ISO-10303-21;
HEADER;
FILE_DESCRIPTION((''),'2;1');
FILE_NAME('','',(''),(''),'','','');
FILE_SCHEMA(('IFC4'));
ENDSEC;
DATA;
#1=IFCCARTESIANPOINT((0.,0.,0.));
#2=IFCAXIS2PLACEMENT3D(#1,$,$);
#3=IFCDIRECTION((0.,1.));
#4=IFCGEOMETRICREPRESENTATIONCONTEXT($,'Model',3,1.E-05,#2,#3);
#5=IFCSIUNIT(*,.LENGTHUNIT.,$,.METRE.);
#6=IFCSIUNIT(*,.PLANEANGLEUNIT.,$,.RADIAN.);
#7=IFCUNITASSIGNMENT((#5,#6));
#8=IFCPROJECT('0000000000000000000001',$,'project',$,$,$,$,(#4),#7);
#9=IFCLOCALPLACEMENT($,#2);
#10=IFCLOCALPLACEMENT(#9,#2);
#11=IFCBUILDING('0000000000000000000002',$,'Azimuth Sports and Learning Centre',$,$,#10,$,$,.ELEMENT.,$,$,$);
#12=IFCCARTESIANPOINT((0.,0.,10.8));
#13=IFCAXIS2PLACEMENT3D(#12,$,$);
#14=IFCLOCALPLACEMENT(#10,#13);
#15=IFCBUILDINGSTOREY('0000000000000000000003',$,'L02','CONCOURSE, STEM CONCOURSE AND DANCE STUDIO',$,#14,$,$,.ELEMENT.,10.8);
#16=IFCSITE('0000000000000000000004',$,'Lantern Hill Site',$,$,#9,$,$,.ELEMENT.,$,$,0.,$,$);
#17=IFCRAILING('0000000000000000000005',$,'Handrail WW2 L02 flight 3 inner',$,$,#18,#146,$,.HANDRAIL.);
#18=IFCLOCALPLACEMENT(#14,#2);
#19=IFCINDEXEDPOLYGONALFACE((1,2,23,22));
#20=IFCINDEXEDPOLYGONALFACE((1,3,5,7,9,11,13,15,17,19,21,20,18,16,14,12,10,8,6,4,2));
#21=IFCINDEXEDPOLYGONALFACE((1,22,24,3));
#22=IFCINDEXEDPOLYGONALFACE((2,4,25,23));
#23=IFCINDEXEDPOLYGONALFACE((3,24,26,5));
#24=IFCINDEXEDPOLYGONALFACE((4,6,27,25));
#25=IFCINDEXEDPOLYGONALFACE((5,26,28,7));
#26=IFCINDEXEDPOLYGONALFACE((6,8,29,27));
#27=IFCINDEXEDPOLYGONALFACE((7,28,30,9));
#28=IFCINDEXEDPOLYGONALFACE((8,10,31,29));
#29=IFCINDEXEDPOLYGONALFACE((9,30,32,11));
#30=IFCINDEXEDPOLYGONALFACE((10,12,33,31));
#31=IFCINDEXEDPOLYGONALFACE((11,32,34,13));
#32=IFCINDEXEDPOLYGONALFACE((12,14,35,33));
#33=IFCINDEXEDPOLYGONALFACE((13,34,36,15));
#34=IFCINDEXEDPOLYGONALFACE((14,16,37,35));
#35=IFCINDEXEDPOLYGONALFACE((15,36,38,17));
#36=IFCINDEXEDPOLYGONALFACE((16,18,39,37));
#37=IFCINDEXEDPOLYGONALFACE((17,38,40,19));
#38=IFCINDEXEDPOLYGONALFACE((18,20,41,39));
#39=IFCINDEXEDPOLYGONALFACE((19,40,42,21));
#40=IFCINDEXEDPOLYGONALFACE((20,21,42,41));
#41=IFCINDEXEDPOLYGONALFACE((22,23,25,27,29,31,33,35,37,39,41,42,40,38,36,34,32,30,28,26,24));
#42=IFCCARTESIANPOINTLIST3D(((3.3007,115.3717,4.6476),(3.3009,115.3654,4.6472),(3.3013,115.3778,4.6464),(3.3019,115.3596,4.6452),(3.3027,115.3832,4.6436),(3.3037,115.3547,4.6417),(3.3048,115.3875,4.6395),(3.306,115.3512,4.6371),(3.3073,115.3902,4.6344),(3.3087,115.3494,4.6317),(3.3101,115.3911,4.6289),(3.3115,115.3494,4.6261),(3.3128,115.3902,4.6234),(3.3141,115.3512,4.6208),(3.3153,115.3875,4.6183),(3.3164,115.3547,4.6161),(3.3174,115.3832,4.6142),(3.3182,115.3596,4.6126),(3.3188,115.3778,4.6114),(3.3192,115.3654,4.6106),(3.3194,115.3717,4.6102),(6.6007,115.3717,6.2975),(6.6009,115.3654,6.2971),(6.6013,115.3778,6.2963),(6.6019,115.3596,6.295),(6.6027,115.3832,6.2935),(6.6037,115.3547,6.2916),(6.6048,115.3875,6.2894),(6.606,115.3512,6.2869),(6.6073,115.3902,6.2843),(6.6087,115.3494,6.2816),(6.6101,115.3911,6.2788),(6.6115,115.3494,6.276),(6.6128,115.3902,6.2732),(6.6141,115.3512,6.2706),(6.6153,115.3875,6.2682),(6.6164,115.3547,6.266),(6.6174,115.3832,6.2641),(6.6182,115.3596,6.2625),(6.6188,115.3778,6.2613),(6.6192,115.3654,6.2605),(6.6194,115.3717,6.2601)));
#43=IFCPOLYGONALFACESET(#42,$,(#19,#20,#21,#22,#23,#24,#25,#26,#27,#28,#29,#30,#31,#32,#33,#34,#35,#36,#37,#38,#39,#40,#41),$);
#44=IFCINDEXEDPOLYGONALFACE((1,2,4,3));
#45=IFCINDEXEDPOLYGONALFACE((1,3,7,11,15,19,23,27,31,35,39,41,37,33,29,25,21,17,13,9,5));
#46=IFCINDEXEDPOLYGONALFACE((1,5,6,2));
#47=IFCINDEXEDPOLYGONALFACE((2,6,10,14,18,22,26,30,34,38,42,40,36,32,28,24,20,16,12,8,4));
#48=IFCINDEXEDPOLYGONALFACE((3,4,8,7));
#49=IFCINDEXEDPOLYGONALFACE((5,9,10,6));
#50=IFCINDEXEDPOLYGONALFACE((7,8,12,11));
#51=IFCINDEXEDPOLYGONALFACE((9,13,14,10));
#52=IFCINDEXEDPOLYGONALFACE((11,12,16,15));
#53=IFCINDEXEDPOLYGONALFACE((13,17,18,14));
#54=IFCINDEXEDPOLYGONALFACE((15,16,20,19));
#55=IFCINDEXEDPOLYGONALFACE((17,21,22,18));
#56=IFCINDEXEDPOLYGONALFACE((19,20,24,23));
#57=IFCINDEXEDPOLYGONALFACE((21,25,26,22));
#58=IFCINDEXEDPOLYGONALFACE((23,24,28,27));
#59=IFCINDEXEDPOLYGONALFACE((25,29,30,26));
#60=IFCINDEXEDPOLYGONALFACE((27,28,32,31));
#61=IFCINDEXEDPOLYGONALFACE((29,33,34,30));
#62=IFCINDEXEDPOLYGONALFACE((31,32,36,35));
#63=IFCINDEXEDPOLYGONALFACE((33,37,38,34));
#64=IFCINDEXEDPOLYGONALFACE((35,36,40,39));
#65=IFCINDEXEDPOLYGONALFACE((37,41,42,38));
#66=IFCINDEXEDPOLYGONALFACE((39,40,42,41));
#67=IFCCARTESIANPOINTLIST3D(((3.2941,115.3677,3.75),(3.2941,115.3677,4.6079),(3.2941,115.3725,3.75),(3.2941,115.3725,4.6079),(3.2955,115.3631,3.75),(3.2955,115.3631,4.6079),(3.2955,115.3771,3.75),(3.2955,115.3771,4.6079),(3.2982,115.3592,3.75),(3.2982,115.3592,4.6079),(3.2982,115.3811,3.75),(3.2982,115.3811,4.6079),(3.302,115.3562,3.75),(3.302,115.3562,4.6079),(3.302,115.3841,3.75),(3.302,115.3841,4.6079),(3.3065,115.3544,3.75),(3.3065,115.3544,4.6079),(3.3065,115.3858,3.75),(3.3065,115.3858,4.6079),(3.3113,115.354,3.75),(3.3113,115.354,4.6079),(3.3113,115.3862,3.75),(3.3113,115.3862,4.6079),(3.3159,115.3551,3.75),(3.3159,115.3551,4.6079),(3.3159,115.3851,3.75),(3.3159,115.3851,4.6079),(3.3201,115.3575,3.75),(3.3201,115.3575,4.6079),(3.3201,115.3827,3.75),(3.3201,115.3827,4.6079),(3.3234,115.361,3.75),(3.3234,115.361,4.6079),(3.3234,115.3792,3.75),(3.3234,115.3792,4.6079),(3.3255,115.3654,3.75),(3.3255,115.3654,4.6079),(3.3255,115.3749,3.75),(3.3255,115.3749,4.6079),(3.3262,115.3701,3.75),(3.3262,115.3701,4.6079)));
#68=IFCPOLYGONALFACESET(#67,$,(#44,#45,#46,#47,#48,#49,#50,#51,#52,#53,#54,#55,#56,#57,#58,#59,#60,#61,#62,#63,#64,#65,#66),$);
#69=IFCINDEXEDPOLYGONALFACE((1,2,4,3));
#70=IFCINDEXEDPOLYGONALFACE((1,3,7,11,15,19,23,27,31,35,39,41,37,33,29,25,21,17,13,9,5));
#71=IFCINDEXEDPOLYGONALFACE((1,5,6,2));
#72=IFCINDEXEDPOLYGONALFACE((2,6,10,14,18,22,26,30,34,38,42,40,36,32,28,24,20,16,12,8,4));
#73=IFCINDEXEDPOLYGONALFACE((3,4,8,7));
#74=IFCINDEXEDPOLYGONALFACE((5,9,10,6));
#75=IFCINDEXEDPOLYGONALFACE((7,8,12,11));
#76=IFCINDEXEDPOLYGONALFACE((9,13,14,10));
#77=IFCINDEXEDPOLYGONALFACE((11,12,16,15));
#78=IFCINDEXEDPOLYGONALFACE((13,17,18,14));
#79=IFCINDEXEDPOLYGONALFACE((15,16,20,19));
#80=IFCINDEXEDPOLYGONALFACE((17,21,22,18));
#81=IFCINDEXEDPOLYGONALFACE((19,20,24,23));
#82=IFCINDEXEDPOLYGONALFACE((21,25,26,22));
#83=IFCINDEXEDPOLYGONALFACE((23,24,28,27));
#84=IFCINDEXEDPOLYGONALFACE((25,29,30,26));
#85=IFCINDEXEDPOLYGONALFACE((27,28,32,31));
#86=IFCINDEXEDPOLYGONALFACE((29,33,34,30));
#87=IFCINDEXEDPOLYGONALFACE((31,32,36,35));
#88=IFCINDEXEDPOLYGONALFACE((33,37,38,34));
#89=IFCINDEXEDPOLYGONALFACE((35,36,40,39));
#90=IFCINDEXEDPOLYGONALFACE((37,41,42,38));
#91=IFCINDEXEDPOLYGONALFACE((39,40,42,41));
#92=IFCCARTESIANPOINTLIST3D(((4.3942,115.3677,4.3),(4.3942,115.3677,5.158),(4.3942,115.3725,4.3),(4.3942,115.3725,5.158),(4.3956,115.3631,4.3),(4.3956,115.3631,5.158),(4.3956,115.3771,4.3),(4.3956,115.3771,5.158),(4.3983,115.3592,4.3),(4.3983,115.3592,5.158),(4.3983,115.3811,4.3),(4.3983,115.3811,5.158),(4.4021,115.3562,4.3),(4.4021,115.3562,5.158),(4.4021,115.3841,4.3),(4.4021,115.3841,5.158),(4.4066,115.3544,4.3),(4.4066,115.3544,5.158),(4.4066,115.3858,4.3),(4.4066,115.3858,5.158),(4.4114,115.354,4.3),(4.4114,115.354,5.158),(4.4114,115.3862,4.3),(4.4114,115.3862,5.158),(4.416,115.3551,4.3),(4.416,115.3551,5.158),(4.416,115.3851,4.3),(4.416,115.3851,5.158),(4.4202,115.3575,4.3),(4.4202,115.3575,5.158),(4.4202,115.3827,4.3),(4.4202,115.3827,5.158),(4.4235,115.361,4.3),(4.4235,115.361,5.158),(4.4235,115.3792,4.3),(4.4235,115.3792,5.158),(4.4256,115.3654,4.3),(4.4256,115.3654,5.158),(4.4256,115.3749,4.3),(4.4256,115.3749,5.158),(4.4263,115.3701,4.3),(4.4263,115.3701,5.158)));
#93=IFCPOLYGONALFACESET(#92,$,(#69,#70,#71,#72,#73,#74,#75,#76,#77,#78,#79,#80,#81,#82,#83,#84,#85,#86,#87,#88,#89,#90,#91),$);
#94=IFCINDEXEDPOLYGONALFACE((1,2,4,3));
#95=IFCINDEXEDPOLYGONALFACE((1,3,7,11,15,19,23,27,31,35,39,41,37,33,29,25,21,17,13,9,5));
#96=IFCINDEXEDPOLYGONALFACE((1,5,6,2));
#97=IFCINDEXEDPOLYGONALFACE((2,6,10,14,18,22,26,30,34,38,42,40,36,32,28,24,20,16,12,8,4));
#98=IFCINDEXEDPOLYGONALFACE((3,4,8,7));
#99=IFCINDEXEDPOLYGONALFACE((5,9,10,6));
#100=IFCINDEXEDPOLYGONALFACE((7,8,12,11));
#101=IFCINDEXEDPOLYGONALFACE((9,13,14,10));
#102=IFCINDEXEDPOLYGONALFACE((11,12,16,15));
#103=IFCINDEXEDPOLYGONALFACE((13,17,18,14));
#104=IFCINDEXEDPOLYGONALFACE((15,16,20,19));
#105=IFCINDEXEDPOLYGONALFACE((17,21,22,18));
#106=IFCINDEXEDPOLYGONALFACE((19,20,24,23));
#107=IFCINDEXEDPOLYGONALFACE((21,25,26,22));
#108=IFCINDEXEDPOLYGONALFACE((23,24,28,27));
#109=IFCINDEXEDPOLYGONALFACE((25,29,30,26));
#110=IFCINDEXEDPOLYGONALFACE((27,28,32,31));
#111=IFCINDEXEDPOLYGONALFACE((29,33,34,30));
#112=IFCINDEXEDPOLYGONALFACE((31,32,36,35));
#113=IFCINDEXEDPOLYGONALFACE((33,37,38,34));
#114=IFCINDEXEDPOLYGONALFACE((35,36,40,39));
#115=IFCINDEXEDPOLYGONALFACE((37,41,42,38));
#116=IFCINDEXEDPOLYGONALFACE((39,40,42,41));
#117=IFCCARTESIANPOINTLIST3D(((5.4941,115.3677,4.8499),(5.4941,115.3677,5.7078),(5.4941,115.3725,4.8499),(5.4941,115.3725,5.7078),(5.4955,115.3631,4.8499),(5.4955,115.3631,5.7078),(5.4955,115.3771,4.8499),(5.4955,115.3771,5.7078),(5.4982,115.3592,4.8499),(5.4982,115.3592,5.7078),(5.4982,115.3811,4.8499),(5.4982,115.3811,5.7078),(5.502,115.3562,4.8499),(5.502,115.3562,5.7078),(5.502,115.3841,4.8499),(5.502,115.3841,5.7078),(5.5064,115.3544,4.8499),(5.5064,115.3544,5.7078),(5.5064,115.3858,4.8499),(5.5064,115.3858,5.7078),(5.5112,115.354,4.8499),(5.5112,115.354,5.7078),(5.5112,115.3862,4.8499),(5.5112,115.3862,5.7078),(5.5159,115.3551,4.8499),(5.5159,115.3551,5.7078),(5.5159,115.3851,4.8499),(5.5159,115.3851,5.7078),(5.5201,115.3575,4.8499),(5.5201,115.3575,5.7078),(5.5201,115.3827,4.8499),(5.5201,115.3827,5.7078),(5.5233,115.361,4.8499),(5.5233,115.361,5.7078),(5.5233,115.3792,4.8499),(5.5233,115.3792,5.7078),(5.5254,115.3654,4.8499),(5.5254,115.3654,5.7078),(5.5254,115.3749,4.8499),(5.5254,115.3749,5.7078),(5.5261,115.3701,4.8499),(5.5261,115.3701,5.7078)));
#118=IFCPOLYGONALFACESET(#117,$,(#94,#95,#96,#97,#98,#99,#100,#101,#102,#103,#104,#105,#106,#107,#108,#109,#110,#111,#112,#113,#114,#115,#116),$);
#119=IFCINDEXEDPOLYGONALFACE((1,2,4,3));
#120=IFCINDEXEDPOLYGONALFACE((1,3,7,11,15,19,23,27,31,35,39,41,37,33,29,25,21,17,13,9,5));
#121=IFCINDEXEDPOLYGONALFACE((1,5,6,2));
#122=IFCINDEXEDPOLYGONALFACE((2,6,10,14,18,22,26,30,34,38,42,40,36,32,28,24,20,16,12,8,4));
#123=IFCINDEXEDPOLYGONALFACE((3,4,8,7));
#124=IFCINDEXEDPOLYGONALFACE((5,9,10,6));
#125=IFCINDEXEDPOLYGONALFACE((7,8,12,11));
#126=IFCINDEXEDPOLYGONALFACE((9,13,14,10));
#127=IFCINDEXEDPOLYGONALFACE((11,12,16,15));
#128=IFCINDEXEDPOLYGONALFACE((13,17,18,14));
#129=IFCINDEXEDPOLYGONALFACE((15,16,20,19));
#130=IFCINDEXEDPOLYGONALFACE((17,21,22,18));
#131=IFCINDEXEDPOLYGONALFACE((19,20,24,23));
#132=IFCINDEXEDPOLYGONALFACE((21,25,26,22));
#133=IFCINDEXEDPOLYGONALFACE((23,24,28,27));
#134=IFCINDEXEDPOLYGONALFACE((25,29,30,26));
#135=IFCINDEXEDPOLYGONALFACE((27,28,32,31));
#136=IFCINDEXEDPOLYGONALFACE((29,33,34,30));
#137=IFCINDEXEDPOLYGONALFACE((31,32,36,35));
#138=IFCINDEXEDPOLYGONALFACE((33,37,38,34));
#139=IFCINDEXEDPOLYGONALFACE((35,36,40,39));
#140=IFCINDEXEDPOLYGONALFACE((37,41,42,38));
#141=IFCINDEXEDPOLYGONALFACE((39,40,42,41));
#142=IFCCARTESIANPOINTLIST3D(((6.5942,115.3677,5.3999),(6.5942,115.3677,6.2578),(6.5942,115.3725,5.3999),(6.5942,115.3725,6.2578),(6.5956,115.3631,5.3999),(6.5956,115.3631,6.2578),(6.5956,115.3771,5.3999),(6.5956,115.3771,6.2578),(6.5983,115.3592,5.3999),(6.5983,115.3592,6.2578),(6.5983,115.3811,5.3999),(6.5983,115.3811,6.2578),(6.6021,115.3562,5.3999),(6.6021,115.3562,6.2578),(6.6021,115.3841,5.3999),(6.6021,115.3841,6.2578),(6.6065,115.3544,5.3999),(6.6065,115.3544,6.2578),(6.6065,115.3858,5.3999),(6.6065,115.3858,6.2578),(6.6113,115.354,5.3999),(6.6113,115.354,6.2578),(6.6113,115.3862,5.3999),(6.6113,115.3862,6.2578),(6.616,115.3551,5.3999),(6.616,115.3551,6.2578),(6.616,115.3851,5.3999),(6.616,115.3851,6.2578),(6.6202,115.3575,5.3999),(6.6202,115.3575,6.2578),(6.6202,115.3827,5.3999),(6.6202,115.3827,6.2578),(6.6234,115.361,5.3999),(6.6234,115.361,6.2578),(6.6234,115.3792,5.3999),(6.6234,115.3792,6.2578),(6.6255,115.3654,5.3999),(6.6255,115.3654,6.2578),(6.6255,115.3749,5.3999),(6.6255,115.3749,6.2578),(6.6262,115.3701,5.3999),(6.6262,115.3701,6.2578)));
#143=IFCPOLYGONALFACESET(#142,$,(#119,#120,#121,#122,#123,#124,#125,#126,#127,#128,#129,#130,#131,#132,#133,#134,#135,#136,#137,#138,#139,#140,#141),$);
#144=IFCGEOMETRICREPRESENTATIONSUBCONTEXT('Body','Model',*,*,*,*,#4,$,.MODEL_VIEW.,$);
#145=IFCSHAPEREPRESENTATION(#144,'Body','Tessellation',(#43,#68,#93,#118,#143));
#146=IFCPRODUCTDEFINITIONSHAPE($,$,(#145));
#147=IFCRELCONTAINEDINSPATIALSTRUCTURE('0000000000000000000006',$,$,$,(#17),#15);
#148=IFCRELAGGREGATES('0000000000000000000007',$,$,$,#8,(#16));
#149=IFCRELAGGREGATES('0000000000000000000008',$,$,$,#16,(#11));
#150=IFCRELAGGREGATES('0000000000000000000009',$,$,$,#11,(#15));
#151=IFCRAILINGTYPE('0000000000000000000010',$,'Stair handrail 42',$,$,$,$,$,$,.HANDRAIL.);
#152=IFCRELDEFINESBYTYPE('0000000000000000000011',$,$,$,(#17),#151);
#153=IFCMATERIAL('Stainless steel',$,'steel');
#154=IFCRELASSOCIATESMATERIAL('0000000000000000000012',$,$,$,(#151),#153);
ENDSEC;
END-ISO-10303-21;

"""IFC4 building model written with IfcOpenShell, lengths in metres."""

from ifc_helpers import new_model, si_unit, direction, frame, origin, origin_2d, place, context, subcontext, project, spatial, circle, extrude, material, type_object, element, save


model = new_model("IFC4")

# Units and contexts
model_context = context("Model", 3, precision=1e-05, world=origin(), true_north=direction((0.0, 1.0)))
body_context = subcontext(model_context, "Body", "Model", "MODEL_VIEW")
ifc_project = project(units=[si_unit("LENGTHUNIT", "METRE"), si_unit("PLANEANGLEUNIT", "RADIAN")], contexts=[model_context])

# Site, building, storey
site_placement = place(None, origin())
site = spatial("IfcSite", under=ifc_project, at=site_placement, Name="Lantern Hill Site", CompositionType="ELEMENT", RefElevation=0.0)
building_placement = place(site_placement, origin())
building = spatial("IfcBuilding", under=site, at=building_placement, Name="Azimuth Sports and Learning Centre", CompositionType="ELEMENT")
storey_placement = place(building_placement, frame((0.0, 0.0, 10.8)))
storey = spatial("IfcBuildingStorey", under=building, at=storey_placement, Name="L02", Description="CONCOURSE, STEM CONCOURSE AND DANCE STUDIO", CompositionType="ELEMENT", Elevation=10.8)

# Railing
ifc_material_1 = material(Name="Stainless steel", Category="steel")
railing_type_1 = type_object("IfcRailingType", Name="Stair handrail 42", PredefinedType="HANDRAIL", material=ifc_material_1)
for number, where, name in (
    (1, (3.3101, 115.3701, 3.75), "Handrail WW2 L02 flight 3 inner"),
):
    element("IfcRailing", number, at=place(storey_placement, frame(where)), inside=storey, type_object=railing_type_1, Name=name, PredefinedType="HANDRAIL", context=body_context, shape_type="SweptSolid", body=[
        extrude(circle(Radius=0.021, at=origin_2d()), frame((0.0, 0.0, 0.8789), z_axis=(0.89444, 0.0, 0.447187), x_axis=(0.0, 1.0, 0.0)), (0.0, 0.0, 1.0), 3.6895),
        extrude(circle(Radius=0.0161, at=origin_2d()), origin(), (0.0, 0.0, 1.0), 0.8579),
        extrude(circle(Radius=0.0161, at=origin_2d()), frame((1.1001, 0.0, 0.55)), (0.0, 0.0, 1.0), 0.8579),
        extrude(circle(Radius=0.0161, at=origin_2d()), frame((2.2, 0.0, 1.0999)), (0.0, 0.0, 1.0), 0.8579),
        extrude(circle(Radius=0.0161, at=origin_2d()), frame((3.3, 0.0, 1.6499)), (0.0, 0.0, 1.0), 0.8579),
    ])

save(model, "model.ifc")
